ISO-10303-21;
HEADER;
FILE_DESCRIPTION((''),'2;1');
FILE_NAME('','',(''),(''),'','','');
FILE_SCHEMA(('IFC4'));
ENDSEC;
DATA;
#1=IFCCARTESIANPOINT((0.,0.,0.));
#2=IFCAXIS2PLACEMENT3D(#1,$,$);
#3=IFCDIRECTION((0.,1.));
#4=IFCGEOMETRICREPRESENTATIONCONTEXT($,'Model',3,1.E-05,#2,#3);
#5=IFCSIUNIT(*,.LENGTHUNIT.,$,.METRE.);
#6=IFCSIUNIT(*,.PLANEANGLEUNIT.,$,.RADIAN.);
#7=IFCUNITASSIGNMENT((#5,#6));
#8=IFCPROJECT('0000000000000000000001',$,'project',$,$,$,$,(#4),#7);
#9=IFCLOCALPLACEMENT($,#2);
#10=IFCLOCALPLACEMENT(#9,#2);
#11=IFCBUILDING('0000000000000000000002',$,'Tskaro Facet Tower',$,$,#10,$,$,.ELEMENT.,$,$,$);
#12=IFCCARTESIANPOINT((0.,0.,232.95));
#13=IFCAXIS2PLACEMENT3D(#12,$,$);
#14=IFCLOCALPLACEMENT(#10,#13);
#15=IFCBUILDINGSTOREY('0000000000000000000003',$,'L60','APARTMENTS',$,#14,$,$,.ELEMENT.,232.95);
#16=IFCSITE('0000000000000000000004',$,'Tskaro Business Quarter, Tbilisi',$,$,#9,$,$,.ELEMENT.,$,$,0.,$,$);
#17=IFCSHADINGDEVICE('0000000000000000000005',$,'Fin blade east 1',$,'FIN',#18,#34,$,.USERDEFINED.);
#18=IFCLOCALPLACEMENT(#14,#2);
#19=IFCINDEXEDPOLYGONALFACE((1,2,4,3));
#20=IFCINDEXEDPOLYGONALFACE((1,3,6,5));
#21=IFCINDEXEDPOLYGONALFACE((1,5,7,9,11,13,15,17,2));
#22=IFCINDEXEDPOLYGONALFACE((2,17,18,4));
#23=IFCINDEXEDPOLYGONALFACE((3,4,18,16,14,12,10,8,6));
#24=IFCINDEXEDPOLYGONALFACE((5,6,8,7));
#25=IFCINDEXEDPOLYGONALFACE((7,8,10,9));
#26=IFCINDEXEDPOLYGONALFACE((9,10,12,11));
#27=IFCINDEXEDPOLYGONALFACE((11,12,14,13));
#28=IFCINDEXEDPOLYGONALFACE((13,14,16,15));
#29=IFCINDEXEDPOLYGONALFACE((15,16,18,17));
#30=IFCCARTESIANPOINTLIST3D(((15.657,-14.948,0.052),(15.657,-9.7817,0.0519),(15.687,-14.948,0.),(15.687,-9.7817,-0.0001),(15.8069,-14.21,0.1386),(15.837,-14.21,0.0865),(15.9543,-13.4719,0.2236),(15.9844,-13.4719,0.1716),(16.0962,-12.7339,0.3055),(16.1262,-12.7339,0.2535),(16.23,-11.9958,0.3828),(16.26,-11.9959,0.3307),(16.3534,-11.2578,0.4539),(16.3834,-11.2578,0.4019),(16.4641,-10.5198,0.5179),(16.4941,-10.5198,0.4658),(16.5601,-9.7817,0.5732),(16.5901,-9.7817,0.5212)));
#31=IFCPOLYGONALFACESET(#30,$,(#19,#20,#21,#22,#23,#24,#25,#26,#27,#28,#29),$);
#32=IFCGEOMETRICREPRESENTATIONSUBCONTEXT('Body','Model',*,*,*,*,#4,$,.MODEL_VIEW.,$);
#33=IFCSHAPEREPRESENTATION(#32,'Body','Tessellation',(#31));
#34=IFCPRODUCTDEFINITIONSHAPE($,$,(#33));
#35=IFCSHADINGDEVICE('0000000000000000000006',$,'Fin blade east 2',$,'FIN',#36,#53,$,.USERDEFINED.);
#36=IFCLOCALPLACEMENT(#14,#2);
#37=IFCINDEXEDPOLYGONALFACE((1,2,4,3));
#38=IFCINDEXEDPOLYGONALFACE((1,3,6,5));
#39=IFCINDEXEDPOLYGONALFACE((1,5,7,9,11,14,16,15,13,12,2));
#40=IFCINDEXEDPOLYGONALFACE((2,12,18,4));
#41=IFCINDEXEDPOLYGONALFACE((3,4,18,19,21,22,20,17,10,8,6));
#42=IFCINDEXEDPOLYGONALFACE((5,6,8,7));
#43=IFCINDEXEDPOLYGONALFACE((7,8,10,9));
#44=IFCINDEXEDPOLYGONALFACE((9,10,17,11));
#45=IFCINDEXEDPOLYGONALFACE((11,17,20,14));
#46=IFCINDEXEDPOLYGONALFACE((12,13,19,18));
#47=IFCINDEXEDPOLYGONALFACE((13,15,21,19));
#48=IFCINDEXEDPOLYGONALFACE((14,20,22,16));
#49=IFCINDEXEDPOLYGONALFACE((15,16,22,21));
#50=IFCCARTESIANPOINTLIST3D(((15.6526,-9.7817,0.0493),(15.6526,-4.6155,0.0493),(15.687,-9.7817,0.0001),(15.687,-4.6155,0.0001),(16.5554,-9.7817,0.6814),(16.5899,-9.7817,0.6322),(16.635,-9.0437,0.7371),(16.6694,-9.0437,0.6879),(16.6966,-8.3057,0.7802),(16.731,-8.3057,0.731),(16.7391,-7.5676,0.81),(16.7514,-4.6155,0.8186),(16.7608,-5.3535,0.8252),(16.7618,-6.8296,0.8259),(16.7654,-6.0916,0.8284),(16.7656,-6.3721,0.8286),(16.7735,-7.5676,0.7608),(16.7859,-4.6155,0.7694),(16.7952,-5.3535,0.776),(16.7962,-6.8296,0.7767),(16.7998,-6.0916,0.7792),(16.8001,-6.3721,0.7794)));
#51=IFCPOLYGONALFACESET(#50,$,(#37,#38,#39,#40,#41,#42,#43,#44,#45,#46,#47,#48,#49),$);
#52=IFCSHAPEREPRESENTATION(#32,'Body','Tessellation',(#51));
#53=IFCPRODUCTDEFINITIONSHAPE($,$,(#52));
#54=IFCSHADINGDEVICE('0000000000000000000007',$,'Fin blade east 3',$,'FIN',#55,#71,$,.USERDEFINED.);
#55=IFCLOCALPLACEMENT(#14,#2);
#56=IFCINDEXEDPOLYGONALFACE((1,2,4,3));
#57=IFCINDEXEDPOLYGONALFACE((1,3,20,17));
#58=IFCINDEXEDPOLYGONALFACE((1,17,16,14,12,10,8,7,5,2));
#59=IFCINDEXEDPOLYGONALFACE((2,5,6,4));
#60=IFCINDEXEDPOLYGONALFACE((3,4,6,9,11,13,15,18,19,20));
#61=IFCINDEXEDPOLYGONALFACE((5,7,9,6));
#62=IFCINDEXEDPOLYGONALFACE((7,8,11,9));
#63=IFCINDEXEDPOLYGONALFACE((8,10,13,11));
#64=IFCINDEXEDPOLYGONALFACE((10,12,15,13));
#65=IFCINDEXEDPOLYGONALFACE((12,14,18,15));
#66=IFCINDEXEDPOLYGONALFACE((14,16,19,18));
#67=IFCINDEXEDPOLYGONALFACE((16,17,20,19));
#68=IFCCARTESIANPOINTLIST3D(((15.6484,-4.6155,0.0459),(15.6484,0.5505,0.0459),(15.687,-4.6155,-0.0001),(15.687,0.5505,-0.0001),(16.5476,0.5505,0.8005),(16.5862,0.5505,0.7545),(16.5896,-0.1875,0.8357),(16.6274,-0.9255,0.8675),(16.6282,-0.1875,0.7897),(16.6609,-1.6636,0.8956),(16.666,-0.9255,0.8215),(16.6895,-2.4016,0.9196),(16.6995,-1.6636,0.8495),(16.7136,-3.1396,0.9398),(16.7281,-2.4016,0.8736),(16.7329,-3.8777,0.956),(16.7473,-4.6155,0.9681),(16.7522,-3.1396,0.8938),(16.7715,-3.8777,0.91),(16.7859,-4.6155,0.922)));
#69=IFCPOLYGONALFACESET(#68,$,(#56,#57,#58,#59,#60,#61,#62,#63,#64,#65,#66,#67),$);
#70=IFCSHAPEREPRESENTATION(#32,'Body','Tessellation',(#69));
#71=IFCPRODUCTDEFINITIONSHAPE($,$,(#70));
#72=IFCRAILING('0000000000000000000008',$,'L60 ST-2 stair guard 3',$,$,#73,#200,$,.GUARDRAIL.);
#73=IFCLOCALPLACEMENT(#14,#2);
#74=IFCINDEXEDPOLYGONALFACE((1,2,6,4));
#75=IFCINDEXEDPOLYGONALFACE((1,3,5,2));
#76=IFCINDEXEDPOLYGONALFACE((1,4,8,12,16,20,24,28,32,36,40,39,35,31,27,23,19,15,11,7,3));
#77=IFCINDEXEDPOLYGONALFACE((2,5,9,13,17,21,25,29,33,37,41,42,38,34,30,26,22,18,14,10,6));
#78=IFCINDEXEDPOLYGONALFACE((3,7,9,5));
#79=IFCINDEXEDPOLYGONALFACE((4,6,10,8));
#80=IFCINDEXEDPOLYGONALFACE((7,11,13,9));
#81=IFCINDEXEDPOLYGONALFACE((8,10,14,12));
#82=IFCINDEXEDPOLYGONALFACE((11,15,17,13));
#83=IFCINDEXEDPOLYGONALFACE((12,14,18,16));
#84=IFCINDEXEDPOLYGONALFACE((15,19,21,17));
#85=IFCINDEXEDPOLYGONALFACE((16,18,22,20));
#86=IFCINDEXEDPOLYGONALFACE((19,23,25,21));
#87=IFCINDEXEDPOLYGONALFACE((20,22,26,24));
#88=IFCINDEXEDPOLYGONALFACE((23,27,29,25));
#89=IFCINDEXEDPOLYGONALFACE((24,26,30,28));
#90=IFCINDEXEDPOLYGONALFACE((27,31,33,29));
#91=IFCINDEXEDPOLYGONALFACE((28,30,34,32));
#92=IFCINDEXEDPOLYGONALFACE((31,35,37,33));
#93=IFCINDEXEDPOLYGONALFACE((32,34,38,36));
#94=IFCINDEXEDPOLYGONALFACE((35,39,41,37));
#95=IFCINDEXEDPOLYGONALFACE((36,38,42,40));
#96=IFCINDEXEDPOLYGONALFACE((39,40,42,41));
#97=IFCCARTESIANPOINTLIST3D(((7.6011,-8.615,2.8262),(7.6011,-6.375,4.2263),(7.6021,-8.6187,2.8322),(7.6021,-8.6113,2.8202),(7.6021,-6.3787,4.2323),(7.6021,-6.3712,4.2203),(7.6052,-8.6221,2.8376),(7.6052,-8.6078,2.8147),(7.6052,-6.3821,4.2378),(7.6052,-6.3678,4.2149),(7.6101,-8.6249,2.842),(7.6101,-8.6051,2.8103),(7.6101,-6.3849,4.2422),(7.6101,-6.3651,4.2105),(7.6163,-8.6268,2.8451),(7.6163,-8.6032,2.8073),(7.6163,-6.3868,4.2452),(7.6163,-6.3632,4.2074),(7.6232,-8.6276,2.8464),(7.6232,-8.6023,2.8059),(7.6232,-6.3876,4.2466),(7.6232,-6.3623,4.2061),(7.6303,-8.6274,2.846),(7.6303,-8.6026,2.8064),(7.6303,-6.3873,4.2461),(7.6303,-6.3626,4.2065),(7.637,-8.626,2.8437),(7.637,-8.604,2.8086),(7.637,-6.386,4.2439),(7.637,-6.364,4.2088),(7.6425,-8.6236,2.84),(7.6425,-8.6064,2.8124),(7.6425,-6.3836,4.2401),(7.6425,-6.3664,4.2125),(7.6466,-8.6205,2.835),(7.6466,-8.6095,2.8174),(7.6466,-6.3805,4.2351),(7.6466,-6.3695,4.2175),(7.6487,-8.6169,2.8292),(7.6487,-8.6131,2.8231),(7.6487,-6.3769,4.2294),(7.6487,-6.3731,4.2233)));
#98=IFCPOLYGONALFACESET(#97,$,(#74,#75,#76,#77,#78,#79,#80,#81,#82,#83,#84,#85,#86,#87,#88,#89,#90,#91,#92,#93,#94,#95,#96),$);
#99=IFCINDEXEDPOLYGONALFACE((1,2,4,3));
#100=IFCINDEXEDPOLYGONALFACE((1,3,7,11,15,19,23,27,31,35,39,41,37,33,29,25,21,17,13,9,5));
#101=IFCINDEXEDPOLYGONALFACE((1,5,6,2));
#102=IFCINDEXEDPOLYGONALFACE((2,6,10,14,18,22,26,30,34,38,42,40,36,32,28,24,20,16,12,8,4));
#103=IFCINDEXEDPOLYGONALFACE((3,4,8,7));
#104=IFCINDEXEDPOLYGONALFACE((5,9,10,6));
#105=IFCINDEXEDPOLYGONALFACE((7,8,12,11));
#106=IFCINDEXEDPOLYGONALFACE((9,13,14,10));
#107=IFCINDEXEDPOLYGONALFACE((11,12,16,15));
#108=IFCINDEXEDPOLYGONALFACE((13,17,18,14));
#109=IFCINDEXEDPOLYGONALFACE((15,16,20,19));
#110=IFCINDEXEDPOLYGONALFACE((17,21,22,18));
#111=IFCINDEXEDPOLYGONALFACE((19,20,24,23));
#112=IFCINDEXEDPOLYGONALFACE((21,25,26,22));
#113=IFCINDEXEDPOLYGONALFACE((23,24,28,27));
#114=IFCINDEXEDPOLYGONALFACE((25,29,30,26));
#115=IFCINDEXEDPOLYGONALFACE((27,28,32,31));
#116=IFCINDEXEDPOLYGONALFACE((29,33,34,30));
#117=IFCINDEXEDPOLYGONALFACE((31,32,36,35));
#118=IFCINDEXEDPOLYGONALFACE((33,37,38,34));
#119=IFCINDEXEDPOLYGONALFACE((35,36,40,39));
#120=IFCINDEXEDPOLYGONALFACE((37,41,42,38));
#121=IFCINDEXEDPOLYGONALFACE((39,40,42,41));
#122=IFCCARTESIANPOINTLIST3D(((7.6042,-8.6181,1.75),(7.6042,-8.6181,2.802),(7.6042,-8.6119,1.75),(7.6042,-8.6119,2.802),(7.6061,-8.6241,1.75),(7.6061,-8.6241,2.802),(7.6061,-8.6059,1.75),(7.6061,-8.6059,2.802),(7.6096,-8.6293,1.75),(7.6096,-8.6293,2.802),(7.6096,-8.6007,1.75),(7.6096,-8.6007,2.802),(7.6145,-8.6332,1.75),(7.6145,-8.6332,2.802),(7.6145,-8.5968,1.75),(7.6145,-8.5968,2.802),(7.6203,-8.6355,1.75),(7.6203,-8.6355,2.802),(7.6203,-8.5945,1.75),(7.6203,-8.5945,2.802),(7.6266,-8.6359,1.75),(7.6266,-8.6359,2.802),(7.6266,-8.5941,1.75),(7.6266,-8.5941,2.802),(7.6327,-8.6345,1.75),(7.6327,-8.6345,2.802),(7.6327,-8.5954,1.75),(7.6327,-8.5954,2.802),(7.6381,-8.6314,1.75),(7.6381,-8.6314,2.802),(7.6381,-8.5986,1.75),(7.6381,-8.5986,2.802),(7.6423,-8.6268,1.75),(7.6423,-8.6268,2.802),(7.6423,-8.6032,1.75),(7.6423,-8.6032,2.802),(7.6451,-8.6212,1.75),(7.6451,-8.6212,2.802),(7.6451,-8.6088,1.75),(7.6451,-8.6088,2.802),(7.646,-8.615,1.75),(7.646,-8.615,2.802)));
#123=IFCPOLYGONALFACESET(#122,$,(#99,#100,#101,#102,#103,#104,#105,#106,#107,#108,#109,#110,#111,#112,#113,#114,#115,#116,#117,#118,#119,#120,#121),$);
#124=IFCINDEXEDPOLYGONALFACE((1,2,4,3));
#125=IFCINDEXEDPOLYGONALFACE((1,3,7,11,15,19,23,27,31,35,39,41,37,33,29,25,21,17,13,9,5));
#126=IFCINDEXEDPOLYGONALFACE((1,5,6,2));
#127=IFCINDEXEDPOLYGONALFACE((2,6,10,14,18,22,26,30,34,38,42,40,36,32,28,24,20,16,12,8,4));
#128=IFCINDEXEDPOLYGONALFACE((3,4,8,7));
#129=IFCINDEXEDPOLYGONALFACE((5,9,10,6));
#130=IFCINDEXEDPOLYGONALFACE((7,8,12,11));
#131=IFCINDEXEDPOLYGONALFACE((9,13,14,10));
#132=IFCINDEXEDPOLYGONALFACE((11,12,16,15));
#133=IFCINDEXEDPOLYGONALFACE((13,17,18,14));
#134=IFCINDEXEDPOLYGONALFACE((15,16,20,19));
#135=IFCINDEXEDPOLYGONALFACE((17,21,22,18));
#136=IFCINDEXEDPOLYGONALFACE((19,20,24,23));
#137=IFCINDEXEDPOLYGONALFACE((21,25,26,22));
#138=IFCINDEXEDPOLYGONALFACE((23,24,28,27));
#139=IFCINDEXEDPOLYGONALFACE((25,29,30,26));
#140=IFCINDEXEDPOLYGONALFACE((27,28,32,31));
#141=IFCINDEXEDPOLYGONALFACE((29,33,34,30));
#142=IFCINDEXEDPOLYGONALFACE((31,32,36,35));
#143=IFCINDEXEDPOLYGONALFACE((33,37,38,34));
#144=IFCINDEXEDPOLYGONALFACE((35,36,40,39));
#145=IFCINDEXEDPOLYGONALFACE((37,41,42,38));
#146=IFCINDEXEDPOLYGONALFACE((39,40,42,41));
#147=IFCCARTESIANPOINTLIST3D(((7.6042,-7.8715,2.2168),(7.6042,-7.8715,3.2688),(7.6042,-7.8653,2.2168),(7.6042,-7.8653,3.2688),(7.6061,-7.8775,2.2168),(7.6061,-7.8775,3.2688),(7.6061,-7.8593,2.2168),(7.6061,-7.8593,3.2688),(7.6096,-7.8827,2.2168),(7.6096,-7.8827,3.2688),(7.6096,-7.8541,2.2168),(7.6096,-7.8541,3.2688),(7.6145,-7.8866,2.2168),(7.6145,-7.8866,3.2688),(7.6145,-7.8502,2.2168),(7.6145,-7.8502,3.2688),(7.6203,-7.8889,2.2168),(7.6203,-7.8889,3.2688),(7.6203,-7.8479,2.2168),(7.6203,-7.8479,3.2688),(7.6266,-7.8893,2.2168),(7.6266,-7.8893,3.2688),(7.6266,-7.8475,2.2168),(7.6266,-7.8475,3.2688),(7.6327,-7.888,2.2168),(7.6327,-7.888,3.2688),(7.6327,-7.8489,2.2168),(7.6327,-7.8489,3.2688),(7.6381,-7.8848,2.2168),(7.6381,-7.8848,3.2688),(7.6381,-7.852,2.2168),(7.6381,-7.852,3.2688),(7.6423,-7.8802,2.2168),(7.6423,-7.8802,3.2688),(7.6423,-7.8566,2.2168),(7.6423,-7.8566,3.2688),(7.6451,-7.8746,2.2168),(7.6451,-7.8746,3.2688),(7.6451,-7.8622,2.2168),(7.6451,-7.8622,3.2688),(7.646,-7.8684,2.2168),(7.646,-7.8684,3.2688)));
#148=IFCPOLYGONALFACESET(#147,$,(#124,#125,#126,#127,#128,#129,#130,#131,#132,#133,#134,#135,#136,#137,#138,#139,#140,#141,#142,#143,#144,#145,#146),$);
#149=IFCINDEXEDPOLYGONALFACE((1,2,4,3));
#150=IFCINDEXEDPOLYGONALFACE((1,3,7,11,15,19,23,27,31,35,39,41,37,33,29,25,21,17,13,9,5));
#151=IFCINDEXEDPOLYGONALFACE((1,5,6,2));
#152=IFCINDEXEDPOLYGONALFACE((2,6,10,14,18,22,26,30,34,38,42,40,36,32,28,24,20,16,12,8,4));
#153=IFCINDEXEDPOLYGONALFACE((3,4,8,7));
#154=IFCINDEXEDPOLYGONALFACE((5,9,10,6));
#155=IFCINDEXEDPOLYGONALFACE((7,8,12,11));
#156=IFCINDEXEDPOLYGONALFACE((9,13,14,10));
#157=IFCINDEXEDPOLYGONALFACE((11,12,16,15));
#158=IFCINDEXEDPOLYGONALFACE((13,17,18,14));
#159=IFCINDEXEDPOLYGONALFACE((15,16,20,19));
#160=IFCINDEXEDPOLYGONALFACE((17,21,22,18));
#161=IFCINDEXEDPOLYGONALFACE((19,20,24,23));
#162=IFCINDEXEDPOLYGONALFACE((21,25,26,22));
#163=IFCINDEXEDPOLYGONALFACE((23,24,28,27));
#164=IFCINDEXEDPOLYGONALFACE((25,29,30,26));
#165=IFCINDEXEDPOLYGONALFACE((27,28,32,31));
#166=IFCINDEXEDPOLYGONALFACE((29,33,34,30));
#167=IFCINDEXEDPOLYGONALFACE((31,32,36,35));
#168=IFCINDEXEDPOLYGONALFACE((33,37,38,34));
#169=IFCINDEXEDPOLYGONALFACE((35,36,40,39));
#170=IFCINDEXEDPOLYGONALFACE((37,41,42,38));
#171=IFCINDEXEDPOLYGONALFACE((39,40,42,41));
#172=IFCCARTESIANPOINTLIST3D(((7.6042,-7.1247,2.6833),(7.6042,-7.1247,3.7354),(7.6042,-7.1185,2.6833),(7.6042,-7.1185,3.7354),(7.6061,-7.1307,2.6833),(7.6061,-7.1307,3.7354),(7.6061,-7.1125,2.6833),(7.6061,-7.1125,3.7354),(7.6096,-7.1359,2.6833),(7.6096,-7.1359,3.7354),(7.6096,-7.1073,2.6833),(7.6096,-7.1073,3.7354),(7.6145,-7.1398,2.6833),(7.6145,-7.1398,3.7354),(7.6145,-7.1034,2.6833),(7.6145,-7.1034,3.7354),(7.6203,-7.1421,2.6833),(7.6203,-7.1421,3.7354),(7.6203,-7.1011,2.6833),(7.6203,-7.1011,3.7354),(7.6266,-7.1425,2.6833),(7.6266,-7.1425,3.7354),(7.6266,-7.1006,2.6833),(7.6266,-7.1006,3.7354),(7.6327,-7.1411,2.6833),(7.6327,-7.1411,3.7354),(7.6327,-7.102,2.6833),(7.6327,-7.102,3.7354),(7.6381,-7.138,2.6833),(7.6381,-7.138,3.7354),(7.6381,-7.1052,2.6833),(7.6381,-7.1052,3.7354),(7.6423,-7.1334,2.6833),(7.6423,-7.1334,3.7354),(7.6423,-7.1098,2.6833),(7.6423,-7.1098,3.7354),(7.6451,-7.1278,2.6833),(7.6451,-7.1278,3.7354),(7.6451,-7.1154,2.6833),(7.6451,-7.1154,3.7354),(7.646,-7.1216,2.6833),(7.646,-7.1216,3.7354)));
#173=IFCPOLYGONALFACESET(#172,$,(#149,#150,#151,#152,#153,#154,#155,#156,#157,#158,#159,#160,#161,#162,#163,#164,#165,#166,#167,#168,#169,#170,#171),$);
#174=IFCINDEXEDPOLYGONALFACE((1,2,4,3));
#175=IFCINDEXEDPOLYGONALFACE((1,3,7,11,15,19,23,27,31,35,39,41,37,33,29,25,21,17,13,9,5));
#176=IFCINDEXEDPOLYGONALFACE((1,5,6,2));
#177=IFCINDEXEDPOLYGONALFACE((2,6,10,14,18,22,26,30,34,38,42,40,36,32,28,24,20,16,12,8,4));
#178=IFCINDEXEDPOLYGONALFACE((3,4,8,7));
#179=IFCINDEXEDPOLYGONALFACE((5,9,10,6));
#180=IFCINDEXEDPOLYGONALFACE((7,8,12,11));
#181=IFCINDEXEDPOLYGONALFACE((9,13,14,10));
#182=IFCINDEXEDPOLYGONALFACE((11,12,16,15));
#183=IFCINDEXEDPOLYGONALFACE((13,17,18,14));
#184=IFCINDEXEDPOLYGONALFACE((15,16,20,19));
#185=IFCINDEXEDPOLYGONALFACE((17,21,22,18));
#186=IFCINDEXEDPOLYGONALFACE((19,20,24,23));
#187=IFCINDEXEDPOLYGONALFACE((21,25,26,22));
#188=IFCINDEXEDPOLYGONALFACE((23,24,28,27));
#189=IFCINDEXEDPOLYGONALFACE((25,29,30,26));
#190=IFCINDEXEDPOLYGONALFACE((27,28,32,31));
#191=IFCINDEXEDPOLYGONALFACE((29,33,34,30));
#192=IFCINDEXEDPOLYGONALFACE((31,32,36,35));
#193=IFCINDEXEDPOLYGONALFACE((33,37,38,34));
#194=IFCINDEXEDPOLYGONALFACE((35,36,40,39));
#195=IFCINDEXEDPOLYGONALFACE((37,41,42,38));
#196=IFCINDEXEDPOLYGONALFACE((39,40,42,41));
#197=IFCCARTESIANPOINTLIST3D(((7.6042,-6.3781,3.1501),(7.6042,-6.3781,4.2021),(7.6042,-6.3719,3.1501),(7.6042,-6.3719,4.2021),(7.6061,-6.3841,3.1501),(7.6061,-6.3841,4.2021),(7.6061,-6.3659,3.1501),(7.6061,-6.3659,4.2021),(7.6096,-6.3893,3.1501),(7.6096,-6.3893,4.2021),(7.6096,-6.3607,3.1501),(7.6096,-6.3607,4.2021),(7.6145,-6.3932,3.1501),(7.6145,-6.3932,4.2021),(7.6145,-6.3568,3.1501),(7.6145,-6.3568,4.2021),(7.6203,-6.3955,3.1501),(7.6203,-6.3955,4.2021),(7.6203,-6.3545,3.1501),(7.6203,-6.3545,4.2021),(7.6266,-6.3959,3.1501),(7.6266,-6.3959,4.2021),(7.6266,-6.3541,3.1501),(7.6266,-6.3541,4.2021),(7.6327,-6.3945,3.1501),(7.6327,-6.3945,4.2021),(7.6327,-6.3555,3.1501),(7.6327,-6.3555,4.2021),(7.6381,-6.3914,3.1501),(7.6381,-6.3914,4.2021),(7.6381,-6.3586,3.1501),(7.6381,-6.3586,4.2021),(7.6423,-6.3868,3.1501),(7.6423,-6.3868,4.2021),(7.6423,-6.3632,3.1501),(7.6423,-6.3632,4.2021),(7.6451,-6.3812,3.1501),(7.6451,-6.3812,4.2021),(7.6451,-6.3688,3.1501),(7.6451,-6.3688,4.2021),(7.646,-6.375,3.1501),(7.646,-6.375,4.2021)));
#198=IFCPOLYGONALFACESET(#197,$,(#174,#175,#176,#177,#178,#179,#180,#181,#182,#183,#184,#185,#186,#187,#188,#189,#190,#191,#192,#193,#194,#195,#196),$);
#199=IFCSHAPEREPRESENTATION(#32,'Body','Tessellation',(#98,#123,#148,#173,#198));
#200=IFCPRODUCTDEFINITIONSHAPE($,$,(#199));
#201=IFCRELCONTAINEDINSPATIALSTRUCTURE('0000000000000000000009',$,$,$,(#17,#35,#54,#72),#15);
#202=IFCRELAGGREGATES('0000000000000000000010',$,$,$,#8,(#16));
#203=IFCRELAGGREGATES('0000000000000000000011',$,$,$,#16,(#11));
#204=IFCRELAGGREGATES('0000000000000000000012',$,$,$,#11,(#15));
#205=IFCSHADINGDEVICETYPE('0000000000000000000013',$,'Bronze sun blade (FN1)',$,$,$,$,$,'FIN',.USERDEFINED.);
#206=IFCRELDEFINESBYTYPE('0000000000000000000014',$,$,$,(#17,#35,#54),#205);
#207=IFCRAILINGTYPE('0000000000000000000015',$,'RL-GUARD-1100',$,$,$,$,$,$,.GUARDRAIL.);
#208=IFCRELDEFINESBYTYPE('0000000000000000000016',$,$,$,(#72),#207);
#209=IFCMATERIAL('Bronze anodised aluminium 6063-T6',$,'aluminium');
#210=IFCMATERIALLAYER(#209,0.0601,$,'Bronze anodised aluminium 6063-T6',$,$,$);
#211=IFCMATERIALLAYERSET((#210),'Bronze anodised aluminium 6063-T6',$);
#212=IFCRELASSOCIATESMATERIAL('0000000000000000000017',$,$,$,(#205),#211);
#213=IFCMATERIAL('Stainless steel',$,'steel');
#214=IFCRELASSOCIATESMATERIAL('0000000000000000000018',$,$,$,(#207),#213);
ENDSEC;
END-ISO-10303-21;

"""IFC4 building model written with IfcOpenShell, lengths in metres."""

from ifc_helpers import new_model, si_unit, direction, frame, origin, origin_2d, place, context, subcontext, project, spatial, polyline, circle, outline, extrude, material, layer, layer_set, type_object, element, save


model = new_model("IFC4")

# Units and contexts
model_context = context("Model", 3, precision=1e-05, world=origin(), true_north=direction((0.0, 1.0)))
body_context = subcontext(model_context, "Body", "Model", "MODEL_VIEW")
ifc_project = project(units=[si_unit("LENGTHUNIT", "METRE"), si_unit("PLANEANGLEUNIT", "RADIAN")], contexts=[model_context])

# Site, building, storey
site_placement = place(None, origin())
site = spatial("IfcSite", under=ifc_project, at=site_placement, Name="Tskaro Business Quarter, Tbilisi", CompositionType="ELEMENT", RefElevation=0.0)
building_placement = place(site_placement, origin())
building = spatial("IfcBuilding", under=site, at=building_placement, Name="Tskaro Facet Tower", CompositionType="ELEMENT")
storey_placement = place(building_placement, frame((0.0, 0.0, 232.95)))
storey = spatial("IfcBuildingStorey", under=building, at=storey_placement, Name="L60", Description="APARTMENTS", CompositionType="ELEMENT", Elevation=232.95)

# Shared definitions
ifc_material_1 = material(Name="Bronze anodised aluminium 6063-T6", Category="aluminium")

# Shading devices
ifc_layer_1 = layer(ifc_material_1, 0.0601, Name="Bronze anodised aluminium 6063-T6")
ifc_layer_set_1 = layer_set([ifc_layer_1], Name="Bronze anodised aluminium 6063-T6")
shading_device_type = type_object("IfcShadingDeviceType", Name="Bronze sun blade (FN1)", ElementType="FIN", PredefinedType="USERDEFINED", material=ifc_layer_set_1)
shading_device_1_placement = place(storey_placement, frame((15.657, -14.948, 0.052), z_axis=(-0.499952, 0.000014, 0.866053), x_axis=(0.000007, 1.0, -0.000012)))
element("IfcShadingDevice", 1, at=shading_device_1_placement, inside=storey, type_object=shading_device_type, Name="Fin blade east 1", ObjectType="FIN", PredefinedType="USERDEFINED", context=body_context, shape_type="SweptSolid", body=[
    extrude(outline(polyline([(0.0, 0.0), (5.1663, 0.0), (5.1663, -1.0427), (4.4282, -0.9319), (3.6902, -0.8041), (2.9521, -0.6616), (2.2141, -0.5071), (1.4761, -0.3433), (0.738, -0.1732), (0.0, 0.0)])), origin(), (0.0, 0.0, -1.0), 0.0601),
])
shading_device_2_placement = place(storey_placement, frame((15.6526, -9.7817, 0.0493), z_axis=(-0.573542, 0.000005, 0.819176), x_axis=(0.000003, 1.0, -0.000004)))
element("IfcShadingDevice", 2, at=shading_device_2_placement, inside=storey, type_object=shading_device_type, Name="Fin blade east 2", ObjectType="FIN", PredefinedType="USERDEFINED", context=body_context, shape_type="SweptSolid", body=[
    extrude(outline(polyline([(0.0, 0.0), (5.1663, 0.0), (5.1663, -1.3414), (4.4282, -1.3528), (3.6902, -1.3584), (3.4097, -1.3587), (2.9521, -1.354), (2.2141, -1.3263), (1.4761, -1.2744), (0.738, -1.1992), (0.0, -1.1021), (0.0, 0.0)])), origin(), (0.0, 0.0, -1.0), 0.0601),
])
shading_device_3_placement = place(storey_placement, frame((15.6484, -4.6155, 0.0459), z_axis=(-0.642833, -0.000008, 0.766006), x_axis=(-0.000005, 1.0, 0.000006)))
element("IfcShadingDevice", 3, at=shading_device_3_placement, inside=storey, type_object=shading_device_type, Name="Fin blade east 3", ObjectType="FIN", PredefinedType="USERDEFINED", context=body_context, shape_type="SweptSolid", body=[
    extrude(outline(polyline([(0.0, 0.0), (5.166, 0.0), (5.166, -1.1739), (4.428, -1.2286), (3.6899, -1.278), (2.9519, -1.3217), (2.2139, -1.3591), (1.4758, -1.3905), (0.7378, -1.4158), (0.0, -1.4345), (0.0, 0.0)])), origin(), (0.0, 0.0, -1.0), 0.0601),
])

# Railing
ifc_material_2 = material(Name="Stainless steel", Category="steel")
railing_type_1 = type_object("IfcRailingType", Name="RL-GUARD-1100", PredefinedType="GUARDRAIL", material=ifc_material_2)
railing_1_placement = place(storey_placement, frame((7.625, -8.615, 1.75)))
element("IfcRailing", 4, at=railing_1_placement, inside=storey, type_object=railing_type_1, Name="L60 ST-2 stair guard 3", PredefinedType="GUARDRAIL", context=body_context, shape_type="SweptSolid", body=[
    extrude(circle(Radius=0.0239, at=origin_2d()), frame((0.0, 0.0, 1.0762), z_axis=(0.0, 0.847972, 0.53004), x_axis=(-1.0, 0.0, 0.0)), (0.0, 0.0, 1.0), 2.6416),
    extrude(circle(Radius=0.021, at=origin_2d()), origin(), (0.0, 0.0, 1.0), 1.052),
    extrude(circle(Radius=0.021, at=origin_2d()), frame((0.0, 0.7466, 0.4668)), (0.0, 0.0, 1.0), 1.052),
    extrude(circle(Radius=0.021, at=origin_2d()), frame((0.0, 1.4934, 0.9333)), (0.0, 0.0, 1.0), 1.052),
    extrude(circle(Radius=0.021, at=origin_2d()), frame((0.0, 2.24, 1.4001)), (0.0, 0.0, 1.0), 1.052),
])

save(model, "model.ifc")
